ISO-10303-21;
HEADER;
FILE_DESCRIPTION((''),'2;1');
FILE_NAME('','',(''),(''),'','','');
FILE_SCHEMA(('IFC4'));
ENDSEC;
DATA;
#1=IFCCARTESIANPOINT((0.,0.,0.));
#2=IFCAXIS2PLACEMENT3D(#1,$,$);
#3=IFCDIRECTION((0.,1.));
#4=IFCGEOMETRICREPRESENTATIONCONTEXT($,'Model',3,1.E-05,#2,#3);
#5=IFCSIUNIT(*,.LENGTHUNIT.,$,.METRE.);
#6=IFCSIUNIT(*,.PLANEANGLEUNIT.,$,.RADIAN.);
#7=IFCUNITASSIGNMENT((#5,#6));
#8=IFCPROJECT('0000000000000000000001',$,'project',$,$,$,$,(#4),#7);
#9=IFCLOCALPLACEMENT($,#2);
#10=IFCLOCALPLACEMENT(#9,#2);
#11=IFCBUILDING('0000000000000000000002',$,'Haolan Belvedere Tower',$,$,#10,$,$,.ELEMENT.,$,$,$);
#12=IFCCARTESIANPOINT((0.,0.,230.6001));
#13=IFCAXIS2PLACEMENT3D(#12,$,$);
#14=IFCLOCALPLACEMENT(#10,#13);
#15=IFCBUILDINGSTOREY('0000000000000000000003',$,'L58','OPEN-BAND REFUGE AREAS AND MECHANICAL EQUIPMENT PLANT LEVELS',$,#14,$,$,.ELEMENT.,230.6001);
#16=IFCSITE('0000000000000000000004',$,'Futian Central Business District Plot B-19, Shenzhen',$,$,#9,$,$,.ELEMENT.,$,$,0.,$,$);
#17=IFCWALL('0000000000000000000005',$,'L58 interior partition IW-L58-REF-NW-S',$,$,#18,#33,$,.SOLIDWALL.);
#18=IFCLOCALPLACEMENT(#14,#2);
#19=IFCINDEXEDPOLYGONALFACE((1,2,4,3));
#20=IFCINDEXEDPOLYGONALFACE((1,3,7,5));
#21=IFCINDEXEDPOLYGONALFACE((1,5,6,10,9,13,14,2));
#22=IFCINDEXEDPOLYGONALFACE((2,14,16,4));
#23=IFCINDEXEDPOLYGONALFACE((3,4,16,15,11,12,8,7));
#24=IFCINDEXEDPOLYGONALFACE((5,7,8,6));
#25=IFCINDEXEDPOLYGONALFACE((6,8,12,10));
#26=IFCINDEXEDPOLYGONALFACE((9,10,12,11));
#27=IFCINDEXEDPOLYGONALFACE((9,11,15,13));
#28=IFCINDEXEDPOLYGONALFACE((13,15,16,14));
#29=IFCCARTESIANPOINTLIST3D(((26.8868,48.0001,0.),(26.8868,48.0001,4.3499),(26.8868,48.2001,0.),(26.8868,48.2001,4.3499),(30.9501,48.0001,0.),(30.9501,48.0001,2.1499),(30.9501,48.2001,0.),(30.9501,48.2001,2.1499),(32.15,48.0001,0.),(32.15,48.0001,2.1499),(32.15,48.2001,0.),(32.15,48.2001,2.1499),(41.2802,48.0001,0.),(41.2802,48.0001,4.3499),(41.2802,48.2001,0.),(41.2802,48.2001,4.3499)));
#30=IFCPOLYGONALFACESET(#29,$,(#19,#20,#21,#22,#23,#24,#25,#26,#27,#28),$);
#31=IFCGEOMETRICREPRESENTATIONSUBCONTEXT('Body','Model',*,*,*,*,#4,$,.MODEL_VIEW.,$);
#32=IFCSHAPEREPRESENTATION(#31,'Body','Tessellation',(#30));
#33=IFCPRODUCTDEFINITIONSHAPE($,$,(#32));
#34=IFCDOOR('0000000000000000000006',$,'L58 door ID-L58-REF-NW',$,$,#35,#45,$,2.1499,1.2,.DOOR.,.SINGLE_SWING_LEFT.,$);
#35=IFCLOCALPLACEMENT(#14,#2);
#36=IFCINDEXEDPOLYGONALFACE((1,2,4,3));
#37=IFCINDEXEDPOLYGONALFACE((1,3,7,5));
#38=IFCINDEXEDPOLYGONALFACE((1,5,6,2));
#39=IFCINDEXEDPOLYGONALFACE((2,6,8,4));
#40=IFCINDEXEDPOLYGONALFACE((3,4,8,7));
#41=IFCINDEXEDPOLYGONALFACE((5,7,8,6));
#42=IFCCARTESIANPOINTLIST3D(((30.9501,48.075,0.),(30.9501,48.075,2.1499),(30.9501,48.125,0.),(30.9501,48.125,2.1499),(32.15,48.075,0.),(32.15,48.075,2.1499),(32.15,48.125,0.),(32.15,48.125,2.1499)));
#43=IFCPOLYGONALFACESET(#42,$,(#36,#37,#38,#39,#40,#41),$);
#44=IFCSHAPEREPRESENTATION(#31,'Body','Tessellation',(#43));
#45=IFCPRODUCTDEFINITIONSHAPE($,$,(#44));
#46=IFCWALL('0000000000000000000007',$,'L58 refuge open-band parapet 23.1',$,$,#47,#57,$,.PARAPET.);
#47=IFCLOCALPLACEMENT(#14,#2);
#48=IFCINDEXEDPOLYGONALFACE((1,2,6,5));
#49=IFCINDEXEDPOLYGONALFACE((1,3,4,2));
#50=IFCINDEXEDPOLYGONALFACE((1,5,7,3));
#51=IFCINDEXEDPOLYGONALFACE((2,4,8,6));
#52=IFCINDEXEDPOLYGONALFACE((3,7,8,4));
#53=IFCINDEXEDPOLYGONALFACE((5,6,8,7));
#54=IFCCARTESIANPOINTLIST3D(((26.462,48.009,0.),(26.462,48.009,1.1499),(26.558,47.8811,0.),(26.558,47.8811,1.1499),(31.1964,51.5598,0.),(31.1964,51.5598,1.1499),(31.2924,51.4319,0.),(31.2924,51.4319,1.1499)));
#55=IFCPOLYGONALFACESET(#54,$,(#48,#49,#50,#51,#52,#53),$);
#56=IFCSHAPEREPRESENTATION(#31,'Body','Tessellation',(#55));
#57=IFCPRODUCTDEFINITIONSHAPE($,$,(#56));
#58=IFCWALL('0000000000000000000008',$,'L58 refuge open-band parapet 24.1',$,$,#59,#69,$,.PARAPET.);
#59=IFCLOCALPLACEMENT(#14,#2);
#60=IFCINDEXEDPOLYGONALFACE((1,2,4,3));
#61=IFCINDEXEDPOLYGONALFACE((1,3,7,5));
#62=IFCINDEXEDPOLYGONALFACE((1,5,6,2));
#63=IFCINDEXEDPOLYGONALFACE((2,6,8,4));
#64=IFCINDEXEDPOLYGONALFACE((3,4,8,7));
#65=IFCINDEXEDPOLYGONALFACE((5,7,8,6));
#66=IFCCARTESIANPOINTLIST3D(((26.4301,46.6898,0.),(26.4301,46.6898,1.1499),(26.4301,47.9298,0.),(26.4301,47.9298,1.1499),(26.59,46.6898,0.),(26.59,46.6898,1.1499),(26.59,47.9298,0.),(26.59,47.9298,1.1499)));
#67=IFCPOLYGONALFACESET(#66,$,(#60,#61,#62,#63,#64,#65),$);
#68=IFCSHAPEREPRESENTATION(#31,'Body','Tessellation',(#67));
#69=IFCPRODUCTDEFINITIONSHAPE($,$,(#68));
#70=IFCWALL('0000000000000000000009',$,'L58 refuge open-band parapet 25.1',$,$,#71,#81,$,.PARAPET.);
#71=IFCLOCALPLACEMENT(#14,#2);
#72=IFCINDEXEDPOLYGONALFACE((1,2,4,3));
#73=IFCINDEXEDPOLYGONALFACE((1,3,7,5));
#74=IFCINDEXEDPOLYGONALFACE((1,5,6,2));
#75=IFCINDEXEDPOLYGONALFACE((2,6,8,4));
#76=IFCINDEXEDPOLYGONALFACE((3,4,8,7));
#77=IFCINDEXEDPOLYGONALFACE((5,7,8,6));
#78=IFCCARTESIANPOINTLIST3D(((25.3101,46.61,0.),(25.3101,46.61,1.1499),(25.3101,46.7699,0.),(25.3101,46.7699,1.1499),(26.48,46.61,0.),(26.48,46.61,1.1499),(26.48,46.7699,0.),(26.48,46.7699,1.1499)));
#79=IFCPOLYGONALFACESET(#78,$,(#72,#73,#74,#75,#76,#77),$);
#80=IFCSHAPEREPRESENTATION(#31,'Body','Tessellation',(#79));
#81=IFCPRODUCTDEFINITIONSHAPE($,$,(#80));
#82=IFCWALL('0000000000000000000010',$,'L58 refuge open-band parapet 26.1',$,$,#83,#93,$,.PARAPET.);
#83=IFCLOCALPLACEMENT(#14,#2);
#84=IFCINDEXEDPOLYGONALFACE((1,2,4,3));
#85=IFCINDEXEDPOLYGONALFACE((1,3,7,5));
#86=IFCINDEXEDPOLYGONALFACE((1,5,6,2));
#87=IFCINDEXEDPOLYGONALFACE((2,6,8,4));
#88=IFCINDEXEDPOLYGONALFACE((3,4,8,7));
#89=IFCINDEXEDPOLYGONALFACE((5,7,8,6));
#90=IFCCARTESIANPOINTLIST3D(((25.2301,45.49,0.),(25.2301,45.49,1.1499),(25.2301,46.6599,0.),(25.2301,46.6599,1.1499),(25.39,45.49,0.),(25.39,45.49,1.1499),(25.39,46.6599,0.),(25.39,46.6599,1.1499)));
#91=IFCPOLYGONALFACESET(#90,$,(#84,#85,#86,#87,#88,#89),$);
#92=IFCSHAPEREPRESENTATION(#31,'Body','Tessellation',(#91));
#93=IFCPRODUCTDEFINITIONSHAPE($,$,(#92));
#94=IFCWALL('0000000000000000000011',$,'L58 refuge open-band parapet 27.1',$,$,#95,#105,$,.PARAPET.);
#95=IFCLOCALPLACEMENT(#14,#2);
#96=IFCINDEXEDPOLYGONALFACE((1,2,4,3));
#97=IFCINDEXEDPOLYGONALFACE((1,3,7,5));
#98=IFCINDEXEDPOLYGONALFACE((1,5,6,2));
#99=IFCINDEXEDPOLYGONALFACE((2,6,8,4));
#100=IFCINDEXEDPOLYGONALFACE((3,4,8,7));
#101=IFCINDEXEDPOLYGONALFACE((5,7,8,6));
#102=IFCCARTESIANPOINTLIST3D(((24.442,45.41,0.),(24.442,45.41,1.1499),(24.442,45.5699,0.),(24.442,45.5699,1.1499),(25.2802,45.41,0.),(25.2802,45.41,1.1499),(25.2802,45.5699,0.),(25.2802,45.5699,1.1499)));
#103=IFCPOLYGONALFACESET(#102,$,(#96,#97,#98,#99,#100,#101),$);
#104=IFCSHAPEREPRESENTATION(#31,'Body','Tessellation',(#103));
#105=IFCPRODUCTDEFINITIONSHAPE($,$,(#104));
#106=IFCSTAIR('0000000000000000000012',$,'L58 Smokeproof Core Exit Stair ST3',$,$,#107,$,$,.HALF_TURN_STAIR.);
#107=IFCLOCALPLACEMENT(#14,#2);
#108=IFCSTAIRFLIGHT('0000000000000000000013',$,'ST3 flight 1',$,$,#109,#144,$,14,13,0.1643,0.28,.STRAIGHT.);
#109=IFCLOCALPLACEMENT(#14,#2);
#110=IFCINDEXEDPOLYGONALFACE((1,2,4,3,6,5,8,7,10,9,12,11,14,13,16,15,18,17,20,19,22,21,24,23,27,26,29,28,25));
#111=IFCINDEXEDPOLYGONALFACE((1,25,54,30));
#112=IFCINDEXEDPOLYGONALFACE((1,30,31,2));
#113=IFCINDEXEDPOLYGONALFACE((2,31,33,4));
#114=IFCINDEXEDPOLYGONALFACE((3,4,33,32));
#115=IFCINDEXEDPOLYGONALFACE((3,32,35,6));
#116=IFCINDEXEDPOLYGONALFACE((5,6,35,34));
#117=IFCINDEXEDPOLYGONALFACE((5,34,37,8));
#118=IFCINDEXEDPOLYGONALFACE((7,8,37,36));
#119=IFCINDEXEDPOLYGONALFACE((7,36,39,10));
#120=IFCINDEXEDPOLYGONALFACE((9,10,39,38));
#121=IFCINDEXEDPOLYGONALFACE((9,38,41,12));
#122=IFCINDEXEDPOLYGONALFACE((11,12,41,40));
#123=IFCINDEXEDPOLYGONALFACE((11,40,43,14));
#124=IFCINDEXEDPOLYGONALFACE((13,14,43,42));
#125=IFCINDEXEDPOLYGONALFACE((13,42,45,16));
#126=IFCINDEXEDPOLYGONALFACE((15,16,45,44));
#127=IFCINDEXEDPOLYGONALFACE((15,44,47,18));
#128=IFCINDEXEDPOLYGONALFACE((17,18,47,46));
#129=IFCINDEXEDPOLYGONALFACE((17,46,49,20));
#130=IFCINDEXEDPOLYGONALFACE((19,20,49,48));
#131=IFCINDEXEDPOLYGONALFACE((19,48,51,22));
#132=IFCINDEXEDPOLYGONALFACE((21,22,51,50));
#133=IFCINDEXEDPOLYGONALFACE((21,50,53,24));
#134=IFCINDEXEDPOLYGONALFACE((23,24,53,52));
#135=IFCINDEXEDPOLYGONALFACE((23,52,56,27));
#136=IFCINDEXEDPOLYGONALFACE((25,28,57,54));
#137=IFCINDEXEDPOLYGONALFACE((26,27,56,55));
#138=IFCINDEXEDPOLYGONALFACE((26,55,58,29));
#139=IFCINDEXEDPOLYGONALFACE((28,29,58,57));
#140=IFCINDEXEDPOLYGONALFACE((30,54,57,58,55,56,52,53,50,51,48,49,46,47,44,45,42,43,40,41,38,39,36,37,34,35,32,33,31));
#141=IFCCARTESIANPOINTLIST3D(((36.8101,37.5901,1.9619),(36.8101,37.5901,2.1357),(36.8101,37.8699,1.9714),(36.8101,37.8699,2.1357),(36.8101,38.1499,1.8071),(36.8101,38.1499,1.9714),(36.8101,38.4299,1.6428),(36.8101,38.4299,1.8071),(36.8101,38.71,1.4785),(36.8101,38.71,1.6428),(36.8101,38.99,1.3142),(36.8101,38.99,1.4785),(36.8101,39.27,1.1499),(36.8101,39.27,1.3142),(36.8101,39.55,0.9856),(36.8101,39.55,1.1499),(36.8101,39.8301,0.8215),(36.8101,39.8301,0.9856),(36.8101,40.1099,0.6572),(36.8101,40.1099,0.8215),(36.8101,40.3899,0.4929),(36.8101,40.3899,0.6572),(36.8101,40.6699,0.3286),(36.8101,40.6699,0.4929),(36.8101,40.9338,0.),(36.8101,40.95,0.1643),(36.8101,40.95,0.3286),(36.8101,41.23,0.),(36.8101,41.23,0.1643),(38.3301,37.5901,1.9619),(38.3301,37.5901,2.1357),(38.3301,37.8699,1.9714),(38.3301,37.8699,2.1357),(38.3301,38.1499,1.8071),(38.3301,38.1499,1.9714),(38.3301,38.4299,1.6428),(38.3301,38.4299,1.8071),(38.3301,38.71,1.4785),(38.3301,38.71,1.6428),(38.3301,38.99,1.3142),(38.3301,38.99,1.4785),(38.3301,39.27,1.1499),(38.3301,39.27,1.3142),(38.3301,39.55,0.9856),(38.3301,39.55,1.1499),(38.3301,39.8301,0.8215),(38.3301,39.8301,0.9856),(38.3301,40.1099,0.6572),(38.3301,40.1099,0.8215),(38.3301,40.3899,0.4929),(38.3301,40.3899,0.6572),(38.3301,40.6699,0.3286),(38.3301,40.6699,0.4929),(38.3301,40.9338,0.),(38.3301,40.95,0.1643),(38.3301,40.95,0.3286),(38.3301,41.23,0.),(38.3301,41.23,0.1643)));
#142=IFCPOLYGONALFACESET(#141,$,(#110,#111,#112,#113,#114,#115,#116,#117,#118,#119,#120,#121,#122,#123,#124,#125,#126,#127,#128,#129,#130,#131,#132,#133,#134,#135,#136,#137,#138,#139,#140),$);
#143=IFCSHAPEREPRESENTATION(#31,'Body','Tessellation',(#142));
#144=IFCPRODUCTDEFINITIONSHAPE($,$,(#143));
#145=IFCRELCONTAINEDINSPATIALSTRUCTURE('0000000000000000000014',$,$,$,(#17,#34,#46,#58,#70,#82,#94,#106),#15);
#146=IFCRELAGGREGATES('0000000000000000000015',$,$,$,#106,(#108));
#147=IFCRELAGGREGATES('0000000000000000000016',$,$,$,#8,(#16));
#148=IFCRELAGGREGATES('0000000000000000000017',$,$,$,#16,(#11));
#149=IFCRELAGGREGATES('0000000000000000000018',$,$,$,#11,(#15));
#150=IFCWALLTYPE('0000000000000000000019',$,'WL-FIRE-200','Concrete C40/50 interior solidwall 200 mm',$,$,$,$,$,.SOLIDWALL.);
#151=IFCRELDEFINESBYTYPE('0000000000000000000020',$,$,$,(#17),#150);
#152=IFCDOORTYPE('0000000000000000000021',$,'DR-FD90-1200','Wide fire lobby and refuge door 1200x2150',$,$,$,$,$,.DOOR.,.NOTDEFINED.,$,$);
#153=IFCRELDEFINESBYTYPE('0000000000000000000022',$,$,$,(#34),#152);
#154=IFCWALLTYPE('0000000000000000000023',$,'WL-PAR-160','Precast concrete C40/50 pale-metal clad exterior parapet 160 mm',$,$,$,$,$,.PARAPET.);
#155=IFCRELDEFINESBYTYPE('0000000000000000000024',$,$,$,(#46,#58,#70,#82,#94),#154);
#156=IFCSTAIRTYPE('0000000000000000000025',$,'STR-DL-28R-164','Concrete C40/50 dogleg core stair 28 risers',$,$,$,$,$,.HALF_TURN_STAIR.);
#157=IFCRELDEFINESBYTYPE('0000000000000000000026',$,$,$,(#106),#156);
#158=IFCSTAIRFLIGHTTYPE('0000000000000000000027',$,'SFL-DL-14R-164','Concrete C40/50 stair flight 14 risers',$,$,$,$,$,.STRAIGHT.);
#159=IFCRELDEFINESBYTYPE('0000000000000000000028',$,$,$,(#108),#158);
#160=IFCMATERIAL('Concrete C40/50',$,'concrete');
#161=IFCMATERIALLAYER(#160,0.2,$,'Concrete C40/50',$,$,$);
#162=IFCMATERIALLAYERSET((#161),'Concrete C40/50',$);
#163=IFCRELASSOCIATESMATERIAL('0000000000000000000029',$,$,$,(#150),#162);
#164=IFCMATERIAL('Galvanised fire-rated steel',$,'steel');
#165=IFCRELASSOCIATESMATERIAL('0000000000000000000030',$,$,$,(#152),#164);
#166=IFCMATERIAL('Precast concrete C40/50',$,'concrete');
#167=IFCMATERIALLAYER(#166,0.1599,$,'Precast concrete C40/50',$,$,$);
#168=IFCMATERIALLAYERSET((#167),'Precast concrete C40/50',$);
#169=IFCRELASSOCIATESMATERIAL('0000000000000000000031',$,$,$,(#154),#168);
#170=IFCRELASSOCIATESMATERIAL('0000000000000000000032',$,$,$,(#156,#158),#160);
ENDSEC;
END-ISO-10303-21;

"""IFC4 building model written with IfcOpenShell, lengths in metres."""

from ifc_helpers import new_model, si_unit, direction, frame, frame_2d, origin, place, context, subcontext, project, spatial, polyline, rectangle, outline, extrude, material, layer, layer_set, type_object, element, fill, aggregate, save


model = new_model("IFC4")

# Units and contexts
model_context = context("Model", 3, precision=1e-05, world=origin(), true_north=direction((0.0, 1.0)))
body_context = subcontext(model_context, "Body", "Model", "MODEL_VIEW")
ifc_project = project(units=[si_unit("LENGTHUNIT", "METRE"), si_unit("PLANEANGLEUNIT", "RADIAN")], contexts=[model_context])

# Site, building, storey
site_placement = place(None, origin())
site = spatial("IfcSite", under=ifc_project, at=site_placement, Name="Futian Central Business District Plot B-19, Shenzhen", CompositionType="ELEMENT", RefElevation=0.0)
building_placement = place(site_placement, origin())
building = spatial("IfcBuilding", under=site, at=building_placement, Name="Haolan Belvedere Tower", CompositionType="ELEMENT")
storey_placement = place(building_placement, frame((0.0, 0.0, 230.6001)))
storey = spatial("IfcBuildingStorey", under=building, at=storey_placement, Name="L58", Description="OPEN-BAND REFUGE AREAS AND MECHANICAL EQUIPMENT PLANT LEVELS", CompositionType="ELEMENT", Elevation=230.6001)

# Shared definitions
ifc_material_1 = material(Name="Galvanised fire-rated steel", Category="steel")

# Shared definitions
ifc_material_2 = material(Name="Concrete C40/50", Category="concrete")
ifc_layer_1 = layer(ifc_material_2, 0.2, Name="Concrete C40/50")
ifc_layer_set_1 = layer_set([ifc_layer_1], Name="Concrete C40/50")
wall_type_1 = type_object("IfcWallType", Name="WL-FIRE-200", Description="Concrete C40/50 interior solidwall 200 mm", PredefinedType="SOLIDWALL", material=ifc_layer_set_1)

# Wall, opening, door
wall_1_placement = place(storey_placement, frame((26.8867, 48.1001, 0.0), z_axis=(0.0, 0.0, 1.0), x_axis=(1.0, 0.0, 0.0)))
wall_1 = element("IfcWall", 1, at=wall_1_placement, inside=storey, type_object=wall_type_1, Name="L58 interior partition IW-L58-REF-NW-S", PredefinedType="SOLIDWALL", context=body_context, shape_type="SweptSolid", body=[
    extrude(rectangle(XDim=14.3933, YDim=0.2, at=frame_2d((7.1968, 0.0))), origin(), (0.0, 0.0, 1.0), 4.3499),
])
opening_1_placement = place(wall_1_placement, frame((4.0632, 0.0, 0.0)))
opening_1 = element("IfcOpeningElement", 2, at=opening_1_placement, cuts=wall_1, PredefinedType="OPENING", context=body_context, shape_type="SweptSolid", body=[
    extrude(rectangle(XDim=1.2, YDim=2.1499, at=frame_2d((0.6001, 1.075))), frame((0.0, 0.1099, 0.0), z_axis=(0.0, -1.0, 0.0), x_axis=(1.0, 0.0, 0.0)), (0.0, 0.0, 1.0), 0.22),
])
door_type_1 = type_object("IfcDoorType", Name="DR-FD90-1200", Description="Wide fire lobby and refuge door 1200x2150", OperationType="NOTDEFINED", PredefinedType="DOOR", material=ifc_material_1)
door_1_placement = place(opening_1_placement, origin())
door_1 = element("IfcDoor", 3, at=door_1_placement, inside=storey, type_object=door_type_1, Name="L58 door ID-L58-REF-NW", OperationType="SINGLE_SWING_LEFT", OverallHeight=2.1499, OverallWidth=1.2, PredefinedType="DOOR", context=body_context, shape_type="SweptSolid", body=[
    extrude(rectangle(XDim=1.2, YDim=2.1499, at=frame_2d((0.6001, 1.075))), frame((0.0, 0.0249, 0.0), z_axis=(0.0, -1.0, 0.0), x_axis=(1.0, 0.0, 0.0)), (0.0, 0.0, 1.0), 0.05),
])
fill(opening_1, door_1)

# Walls
ifc_material_3 = material(Name="Precast concrete C40/50", Category="concrete")
ifc_layer_2 = layer(ifc_material_3, 0.1599, Name="Precast concrete C40/50")
ifc_layer_set_2 = layer_set([ifc_layer_2], Name="Precast concrete C40/50")
wall_type_2 = type_object("IfcWallType", Name="WL-PAR-160", Description="Precast concrete C40/50 pale-metal clad exterior parapet 160 mm", PredefinedType="PARAPET", material=ifc_layer_set_2)
wall_2_placement = place(storey_placement, frame((31.2444, 51.4958, 0.0), z_axis=(0.0, 0.0, 1.0), x_axis=(-0.8, -0.6, 0.0)))
element("IfcWall", 4, at=wall_2_placement, inside=storey, type_object=wall_type_2, Name="L58 refuge open-band parapet 23.1", PredefinedType="PARAPET", context=body_context, shape_type="SweptSolid", body=[
    extrude(rectangle(XDim=5.918, YDim=0.1599, at=frame_2d((2.959, 0.0))), origin(), (0.0, 0.0, 1.0), 1.1499),
])
wall_3_placement = place(storey_placement, frame((26.51, 47.9299, 0.0), z_axis=(0.0, 0.0, 1.0), x_axis=(0.0, -1.0, 0.0)))
element("IfcWall", 5, at=wall_3_placement, inside=storey, type_object=wall_type_2, Name="L58 refuge open-band parapet 24.1", PredefinedType="PARAPET", context=body_context, shape_type="SweptSolid", body=[
    extrude(rectangle(XDim=1.24, YDim=0.1599, at=frame_2d((0.6201, 0.0))), origin(), (0.0, 0.0, 1.0), 1.1499),
])
for number, where, z_axis, x_axis, name in (
    (6, (26.48, 46.6899, 0.0), (0.0, 0.0, 1.0), (-1.0, 0.0, 0.0), "L58 refuge open-band parapet 25.1"),
    (7, (25.3101, 46.6599, 0.0), (0.0, 0.0, 1.0), (0.0, -1.0, 0.0), "L58 refuge open-band parapet 26.1"),
):
    element("IfcWall", number, at=place(storey_placement, frame(where, z_axis=z_axis, x_axis=x_axis)), inside=storey, type_object=wall_type_2, Name=name, PredefinedType="PARAPET", context=body_context, shape_type="SweptSolid", body=[
        extrude(rectangle(XDim=1.1699, YDim=0.1599, at=frame_2d((0.585, 0.0))), origin(), (0.0, 0.0, 1.0), 1.1499),
    ])
wall_4_placement = place(storey_placement, frame((25.28, 45.49, 0.0), z_axis=(0.0, 0.0, 1.0), x_axis=(-1.0, 0.0, 0.0)))
element("IfcWall", 8, at=wall_4_placement, inside=storey, type_object=wall_type_2, Name="L58 refuge open-band parapet 27.1", PredefinedType="PARAPET", context=body_context, shape_type="SweptSolid", body=[
    extrude(rectangle(XDim=0.8381, YDim=0.1599, at=frame_2d((0.4189, 0.0))), origin(), (0.0, 0.0, 1.0), 1.1499),
])

# Stair, stair flight
stair_type = type_object("IfcStairType", Name="STR-DL-28R-164", Description="Concrete C40/50 dogleg core stair 28 risers", PredefinedType="HALF_TURN_STAIR", material=ifc_material_2)
stair_placement = place(storey_placement, origin())
stair = element("IfcStair", 9, at=stair_placement, inside=storey, type_object=stair_type, Name="L58 Smokeproof Core Exit Stair ST3", PredefinedType="HALF_TURN_STAIR")
stair_flight_type = type_object("IfcStairFlightType", Name="SFL-DL-14R-164", Description="Concrete C40/50 stair flight 14 risers", PredefinedType="STRAIGHT", material=ifc_material_2)
stair_flight_placement = place(storey_placement, frame((37.5701, 41.23, 0.0), z_axis=(0.0, 0.0, 1.0), x_axis=(0.0, -1.0, 0.0)))
stair_flight = element("IfcStairFlight", 10, at=stair_flight_placement, type_object=stair_flight_type, Name="ST3 flight 1", NumberOfRisers=14, NumberOfTreads=13, PredefinedType="STRAIGHT", RiserHeight=0.1643, TreadLength=0.28, context=body_context, shape_type="SweptSolid", body=[
    extrude(outline(polyline([(0.0, 0.0), (0.0, 0.1643), (0.28, 0.1643), (0.28, 0.3286), (0.5601, 0.3286), (0.5601, 0.4929), (0.8401, 0.4929), (0.8401, 0.6572), (1.1201, 0.6572), (1.1201, 0.8215), (1.3999, 0.8215), (1.3999, 0.9856), (1.6799, 0.9856), (1.6799, 1.1499), (1.96, 1.1499), (1.96, 1.3142), (2.24, 1.3142), (2.24, 1.4785), (2.52, 1.4785), (2.52, 1.6428), (2.8, 1.6428), (2.8, 1.8071), (3.0801, 1.8071), (3.0801, 1.9714), (3.3601, 1.9714), (3.3601, 2.1357), (3.6399, 2.1357), (3.6399, 2.3), (3.6399, 1.9619), (0.2961, 0.0), (0.0, 0.0)])), frame((0.0, 0.76, 0.0), z_axis=(0.0, -1.0, 0.0), x_axis=(1.0, 0.0, 0.0)), (0.0, 0.0, 1.0), 1.52),
])
aggregate(stair, [stair_flight])

save(model, "model.ifc")
